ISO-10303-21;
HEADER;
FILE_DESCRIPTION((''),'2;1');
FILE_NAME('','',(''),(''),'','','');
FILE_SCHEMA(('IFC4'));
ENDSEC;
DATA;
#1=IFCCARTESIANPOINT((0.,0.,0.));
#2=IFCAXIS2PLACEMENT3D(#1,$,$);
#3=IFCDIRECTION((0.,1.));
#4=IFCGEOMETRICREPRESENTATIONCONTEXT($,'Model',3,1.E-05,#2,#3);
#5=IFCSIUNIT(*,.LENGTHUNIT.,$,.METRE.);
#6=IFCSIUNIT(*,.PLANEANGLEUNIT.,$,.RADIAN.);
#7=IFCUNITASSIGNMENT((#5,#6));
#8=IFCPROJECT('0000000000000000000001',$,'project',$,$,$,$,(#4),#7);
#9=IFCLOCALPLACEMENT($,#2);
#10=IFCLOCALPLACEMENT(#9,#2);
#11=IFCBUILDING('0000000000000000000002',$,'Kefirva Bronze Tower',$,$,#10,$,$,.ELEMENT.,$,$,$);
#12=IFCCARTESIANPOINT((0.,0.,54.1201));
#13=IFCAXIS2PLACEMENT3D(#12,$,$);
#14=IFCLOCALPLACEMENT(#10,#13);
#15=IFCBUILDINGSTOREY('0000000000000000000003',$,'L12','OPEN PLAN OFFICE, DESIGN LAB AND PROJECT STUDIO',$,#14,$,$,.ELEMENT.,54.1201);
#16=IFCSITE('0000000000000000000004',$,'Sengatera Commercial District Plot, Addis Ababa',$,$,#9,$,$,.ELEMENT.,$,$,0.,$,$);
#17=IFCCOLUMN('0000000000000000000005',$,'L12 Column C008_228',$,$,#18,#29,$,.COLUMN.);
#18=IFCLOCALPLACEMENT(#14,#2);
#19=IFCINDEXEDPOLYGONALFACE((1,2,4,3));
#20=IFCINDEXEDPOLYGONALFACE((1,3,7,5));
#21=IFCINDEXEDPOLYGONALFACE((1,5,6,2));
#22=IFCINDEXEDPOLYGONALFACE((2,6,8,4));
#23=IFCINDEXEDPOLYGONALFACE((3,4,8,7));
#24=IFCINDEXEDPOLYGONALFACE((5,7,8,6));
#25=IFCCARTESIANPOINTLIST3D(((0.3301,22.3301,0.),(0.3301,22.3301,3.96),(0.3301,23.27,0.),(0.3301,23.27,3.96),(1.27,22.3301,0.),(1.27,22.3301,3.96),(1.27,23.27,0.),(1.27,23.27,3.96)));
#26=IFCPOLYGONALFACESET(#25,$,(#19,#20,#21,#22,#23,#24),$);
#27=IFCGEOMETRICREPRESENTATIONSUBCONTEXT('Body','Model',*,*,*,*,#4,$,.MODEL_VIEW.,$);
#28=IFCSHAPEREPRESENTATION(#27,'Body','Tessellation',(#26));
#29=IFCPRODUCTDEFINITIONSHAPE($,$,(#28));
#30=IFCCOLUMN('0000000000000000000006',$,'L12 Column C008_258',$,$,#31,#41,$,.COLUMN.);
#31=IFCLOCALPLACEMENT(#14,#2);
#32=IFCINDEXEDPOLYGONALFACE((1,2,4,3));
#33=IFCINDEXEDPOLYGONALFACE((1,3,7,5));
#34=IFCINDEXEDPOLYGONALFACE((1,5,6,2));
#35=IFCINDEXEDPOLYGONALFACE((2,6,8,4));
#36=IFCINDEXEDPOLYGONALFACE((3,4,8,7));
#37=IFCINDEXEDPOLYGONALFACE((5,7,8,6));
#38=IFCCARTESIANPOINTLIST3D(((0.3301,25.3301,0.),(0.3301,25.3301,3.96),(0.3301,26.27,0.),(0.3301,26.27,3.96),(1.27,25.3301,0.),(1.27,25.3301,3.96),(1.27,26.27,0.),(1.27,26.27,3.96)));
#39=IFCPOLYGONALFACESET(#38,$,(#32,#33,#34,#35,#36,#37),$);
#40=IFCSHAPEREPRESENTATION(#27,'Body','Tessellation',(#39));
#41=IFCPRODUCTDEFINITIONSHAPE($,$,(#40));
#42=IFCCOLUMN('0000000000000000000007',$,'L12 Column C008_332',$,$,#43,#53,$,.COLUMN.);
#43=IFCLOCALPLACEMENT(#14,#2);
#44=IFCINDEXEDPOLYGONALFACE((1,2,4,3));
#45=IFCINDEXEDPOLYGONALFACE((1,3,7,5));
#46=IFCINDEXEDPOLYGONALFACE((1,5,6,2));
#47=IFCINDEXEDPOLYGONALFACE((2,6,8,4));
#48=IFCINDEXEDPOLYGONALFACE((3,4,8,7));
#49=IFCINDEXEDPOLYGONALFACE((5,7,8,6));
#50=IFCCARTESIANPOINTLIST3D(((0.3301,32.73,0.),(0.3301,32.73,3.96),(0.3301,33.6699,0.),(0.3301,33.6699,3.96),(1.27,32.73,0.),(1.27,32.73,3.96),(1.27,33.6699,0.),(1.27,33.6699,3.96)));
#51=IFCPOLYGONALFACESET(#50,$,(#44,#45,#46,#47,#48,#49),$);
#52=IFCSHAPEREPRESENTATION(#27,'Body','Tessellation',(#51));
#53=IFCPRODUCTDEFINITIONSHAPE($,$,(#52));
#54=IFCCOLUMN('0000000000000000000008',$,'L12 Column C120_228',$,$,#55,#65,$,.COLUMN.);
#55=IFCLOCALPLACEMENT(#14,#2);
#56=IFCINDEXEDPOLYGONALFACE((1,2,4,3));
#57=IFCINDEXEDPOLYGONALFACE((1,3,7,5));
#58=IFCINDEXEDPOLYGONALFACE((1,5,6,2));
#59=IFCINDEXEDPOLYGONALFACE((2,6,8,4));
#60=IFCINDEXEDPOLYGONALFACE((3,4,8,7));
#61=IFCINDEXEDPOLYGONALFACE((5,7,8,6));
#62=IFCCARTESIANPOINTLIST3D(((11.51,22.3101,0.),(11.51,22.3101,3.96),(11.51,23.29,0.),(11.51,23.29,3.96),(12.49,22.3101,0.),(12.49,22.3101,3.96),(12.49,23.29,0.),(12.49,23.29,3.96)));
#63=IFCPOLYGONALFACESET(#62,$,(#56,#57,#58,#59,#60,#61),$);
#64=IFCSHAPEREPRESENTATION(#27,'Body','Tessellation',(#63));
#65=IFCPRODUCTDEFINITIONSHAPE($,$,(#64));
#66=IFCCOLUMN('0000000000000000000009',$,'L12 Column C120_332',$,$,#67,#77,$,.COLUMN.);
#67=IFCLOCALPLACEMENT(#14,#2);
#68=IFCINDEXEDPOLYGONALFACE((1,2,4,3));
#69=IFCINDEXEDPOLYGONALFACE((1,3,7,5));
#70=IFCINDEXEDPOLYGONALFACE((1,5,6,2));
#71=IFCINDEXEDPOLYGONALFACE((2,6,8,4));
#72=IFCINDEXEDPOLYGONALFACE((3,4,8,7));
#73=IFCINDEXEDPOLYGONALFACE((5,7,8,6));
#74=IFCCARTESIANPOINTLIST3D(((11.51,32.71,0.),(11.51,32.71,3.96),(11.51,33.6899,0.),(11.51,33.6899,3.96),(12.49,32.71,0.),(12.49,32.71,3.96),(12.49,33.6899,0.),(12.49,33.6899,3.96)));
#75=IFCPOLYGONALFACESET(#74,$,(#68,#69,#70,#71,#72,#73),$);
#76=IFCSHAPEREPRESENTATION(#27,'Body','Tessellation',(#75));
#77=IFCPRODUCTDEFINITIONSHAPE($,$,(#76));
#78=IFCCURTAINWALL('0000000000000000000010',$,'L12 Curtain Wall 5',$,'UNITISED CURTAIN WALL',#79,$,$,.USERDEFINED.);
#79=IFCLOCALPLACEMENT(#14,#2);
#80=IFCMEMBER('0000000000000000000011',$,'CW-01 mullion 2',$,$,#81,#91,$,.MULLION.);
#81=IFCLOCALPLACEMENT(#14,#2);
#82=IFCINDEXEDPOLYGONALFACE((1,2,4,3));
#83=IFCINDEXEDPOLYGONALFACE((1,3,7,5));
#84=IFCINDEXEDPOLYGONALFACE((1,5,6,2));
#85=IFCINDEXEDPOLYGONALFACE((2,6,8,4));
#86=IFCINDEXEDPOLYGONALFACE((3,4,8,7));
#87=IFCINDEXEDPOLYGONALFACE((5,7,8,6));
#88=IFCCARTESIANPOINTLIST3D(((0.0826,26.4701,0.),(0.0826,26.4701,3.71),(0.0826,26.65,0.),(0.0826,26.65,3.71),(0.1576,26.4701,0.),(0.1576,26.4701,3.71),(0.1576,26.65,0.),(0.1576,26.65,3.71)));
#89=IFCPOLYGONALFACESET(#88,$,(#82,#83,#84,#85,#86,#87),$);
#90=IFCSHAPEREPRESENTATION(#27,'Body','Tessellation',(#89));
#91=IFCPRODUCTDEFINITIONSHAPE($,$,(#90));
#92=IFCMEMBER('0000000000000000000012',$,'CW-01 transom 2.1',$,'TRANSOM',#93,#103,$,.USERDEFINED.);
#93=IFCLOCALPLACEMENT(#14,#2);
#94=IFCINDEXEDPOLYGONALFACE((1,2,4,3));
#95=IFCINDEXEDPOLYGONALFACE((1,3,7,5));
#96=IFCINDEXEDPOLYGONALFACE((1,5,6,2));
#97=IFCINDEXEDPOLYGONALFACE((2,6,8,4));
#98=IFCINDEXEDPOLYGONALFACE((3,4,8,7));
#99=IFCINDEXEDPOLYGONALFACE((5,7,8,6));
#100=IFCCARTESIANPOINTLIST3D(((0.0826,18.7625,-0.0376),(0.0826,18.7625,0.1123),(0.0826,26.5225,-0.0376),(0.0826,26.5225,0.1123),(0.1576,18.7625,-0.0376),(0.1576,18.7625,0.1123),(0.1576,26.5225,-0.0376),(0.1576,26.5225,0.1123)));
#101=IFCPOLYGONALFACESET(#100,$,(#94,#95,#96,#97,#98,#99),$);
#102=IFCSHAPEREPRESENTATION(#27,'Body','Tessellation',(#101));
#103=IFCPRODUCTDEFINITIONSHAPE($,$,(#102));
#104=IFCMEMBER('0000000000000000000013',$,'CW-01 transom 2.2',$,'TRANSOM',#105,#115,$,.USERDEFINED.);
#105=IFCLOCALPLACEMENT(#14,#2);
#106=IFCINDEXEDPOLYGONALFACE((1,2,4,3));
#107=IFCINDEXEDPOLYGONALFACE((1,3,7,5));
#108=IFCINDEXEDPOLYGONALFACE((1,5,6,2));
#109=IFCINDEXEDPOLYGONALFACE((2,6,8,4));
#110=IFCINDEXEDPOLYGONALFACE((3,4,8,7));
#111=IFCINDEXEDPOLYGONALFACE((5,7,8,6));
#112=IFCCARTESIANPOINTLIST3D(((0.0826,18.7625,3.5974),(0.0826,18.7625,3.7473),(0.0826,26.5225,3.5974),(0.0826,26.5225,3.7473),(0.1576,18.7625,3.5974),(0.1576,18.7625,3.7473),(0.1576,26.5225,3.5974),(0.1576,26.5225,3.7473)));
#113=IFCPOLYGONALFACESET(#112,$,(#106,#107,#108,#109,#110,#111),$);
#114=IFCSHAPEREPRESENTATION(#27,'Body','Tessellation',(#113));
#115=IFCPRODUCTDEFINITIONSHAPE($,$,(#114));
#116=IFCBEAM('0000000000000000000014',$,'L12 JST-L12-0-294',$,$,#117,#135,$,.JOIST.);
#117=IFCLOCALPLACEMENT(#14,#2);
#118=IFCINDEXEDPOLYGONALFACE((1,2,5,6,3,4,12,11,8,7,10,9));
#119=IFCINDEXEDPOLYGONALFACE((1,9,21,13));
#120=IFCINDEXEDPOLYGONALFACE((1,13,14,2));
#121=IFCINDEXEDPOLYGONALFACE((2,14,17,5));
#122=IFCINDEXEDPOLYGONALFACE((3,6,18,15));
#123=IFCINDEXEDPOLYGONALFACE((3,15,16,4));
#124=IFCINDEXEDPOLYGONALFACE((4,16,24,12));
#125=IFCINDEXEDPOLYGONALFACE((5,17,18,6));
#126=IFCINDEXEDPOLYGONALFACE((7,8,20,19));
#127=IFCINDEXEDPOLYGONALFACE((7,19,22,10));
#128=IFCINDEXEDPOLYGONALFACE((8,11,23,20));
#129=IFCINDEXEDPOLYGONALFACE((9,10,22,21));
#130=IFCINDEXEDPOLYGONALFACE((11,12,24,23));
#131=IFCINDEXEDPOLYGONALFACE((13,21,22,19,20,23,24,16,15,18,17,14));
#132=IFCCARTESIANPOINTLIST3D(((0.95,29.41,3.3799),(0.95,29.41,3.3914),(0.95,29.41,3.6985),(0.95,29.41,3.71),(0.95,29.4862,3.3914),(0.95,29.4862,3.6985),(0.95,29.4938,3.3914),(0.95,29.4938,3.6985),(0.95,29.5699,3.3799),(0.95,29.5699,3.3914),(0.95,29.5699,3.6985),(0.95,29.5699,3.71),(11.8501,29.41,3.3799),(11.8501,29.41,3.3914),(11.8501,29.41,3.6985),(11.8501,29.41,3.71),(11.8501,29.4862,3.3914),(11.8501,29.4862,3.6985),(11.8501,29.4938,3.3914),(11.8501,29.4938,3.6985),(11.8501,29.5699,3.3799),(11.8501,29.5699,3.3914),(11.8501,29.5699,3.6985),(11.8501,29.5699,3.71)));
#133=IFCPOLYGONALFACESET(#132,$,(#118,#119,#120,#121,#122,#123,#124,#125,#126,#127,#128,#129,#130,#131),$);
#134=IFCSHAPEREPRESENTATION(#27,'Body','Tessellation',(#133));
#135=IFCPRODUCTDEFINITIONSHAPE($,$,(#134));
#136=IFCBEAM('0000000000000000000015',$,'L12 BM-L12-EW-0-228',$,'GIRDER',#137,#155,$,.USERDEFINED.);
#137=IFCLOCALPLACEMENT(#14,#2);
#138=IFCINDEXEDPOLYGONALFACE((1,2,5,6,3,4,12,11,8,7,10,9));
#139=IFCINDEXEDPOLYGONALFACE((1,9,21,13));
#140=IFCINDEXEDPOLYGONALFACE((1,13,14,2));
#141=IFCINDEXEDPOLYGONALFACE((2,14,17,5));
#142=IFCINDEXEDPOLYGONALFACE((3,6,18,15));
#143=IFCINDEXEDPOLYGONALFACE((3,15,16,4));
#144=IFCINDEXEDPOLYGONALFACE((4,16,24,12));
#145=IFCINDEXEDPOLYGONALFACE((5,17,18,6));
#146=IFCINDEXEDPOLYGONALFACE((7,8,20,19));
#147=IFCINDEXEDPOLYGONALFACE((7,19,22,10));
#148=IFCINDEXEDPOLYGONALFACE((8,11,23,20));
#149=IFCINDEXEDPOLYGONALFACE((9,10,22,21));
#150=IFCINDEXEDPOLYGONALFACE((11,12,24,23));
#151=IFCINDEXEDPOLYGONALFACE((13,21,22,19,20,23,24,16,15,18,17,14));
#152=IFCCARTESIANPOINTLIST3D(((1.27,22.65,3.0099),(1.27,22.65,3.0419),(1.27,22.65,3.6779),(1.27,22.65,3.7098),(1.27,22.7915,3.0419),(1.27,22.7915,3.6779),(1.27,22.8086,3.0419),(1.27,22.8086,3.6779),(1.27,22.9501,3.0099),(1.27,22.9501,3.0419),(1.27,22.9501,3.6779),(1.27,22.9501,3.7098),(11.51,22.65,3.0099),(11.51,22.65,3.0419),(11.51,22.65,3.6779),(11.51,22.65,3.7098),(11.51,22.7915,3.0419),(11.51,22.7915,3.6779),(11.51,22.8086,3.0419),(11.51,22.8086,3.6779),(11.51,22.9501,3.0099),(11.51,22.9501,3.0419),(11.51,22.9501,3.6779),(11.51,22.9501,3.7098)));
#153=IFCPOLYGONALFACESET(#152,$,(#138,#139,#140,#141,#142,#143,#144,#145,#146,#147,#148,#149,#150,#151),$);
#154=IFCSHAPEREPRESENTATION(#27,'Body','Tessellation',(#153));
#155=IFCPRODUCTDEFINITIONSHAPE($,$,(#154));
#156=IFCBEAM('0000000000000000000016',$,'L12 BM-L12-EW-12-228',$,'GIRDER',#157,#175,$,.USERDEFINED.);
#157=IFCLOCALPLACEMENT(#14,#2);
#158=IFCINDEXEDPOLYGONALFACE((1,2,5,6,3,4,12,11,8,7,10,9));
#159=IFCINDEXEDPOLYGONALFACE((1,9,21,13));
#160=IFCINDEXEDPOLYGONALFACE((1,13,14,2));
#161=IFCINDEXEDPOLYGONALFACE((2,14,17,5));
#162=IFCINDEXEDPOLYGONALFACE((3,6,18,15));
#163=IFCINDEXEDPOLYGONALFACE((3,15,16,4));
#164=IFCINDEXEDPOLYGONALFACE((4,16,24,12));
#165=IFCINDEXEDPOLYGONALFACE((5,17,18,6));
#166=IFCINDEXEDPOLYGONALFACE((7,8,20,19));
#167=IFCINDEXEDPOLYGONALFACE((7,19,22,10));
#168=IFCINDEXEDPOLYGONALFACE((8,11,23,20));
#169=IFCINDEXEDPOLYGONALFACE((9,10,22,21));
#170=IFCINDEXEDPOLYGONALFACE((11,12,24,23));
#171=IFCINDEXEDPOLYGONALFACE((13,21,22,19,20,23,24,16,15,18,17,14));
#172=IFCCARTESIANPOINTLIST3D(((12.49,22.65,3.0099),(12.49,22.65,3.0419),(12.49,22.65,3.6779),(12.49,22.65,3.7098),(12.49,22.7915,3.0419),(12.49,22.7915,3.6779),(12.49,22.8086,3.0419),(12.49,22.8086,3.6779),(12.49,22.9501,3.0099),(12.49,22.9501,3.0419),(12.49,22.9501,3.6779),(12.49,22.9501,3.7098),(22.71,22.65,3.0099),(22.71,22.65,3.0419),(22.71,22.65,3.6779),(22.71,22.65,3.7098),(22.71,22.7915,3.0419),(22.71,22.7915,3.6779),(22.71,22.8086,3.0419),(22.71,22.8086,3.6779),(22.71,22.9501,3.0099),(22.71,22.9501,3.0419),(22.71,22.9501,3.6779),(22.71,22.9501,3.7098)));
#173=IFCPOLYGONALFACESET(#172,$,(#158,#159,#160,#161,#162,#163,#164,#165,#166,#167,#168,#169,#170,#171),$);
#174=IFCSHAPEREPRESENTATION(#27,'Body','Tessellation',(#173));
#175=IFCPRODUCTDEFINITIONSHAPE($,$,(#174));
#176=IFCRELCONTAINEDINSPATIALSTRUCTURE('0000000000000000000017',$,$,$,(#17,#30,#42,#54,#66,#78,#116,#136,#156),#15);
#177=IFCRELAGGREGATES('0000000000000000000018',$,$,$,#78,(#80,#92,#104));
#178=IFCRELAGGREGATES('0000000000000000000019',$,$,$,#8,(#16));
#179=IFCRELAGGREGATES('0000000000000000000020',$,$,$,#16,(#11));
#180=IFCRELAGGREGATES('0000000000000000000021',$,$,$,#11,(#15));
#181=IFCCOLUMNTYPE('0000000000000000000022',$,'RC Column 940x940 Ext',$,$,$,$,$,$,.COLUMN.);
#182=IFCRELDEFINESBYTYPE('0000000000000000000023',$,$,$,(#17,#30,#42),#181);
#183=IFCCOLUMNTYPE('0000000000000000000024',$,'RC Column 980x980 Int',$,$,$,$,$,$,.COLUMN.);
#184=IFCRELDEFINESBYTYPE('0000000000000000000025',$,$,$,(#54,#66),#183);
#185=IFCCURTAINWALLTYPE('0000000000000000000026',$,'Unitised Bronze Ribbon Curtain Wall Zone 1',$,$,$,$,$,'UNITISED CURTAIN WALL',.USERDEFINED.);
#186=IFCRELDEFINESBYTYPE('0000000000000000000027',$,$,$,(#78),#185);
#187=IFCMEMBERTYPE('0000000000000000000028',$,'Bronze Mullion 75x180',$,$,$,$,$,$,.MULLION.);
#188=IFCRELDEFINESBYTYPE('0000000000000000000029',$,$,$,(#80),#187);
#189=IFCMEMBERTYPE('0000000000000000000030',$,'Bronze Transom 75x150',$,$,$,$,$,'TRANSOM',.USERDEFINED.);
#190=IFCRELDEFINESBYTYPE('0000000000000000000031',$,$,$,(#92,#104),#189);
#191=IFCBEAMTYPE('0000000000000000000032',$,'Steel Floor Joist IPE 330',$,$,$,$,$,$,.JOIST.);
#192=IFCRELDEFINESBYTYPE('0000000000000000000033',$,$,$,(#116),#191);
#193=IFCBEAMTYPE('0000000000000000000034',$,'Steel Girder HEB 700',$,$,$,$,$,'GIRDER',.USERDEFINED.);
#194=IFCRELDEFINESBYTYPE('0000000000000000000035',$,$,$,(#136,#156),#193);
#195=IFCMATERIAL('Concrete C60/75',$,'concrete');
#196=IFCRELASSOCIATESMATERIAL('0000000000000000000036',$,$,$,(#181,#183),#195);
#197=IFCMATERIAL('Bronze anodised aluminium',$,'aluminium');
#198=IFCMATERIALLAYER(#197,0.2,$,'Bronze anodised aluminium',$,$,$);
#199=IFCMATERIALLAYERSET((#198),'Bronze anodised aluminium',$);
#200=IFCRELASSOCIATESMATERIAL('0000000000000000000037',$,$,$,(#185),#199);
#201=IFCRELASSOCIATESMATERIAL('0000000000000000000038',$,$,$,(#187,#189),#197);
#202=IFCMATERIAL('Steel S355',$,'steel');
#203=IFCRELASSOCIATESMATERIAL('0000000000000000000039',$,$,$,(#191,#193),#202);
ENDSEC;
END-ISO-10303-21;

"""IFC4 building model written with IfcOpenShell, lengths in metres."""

from ifc_helpers import new_model, si_unit, direction, frame, origin, origin_2d, place, context, subcontext, project, spatial, rectangle, i_section, extrude, material, layer, layer_set, material_profile, profile_set, type_object, element, aggregate, save


model = new_model("IFC4")

# Units and contexts
model_context = context("Model", 3, precision=1e-05, world=origin(), true_north=direction((0.0, 1.0)))
body_context = subcontext(model_context, "Body", "Model", "MODEL_VIEW")
ifc_project = project(units=[si_unit("LENGTHUNIT", "METRE"), si_unit("PLANEANGLEUNIT", "RADIAN")], contexts=[model_context])

# Site, building, storey
site_placement = place(None, origin())
site = spatial("IfcSite", under=ifc_project, at=site_placement, Name="Sengatera Commercial District Plot, Addis Ababa", CompositionType="ELEMENT", RefElevation=0.0)
building_placement = place(site_placement, origin())
building = spatial("IfcBuilding", under=site, at=building_placement, Name="Kefirva Bronze Tower", CompositionType="ELEMENT")
storey_placement = place(building_placement, frame((0.0, 0.0, 54.1201)))
storey = spatial("IfcBuildingStorey", under=building, at=storey_placement, Name="L12", Description="OPEN PLAN OFFICE, DESIGN LAB AND PROJECT STUDIO", CompositionType="ELEMENT", Elevation=54.1201)

# Columns
ifc_material_1 = material(Name="Concrete C60/75", Category="concrete")
ifc_material_profile_1 = material_profile(ifc_material_1, rectangle(XDim=0.9399, YDim=0.9399, at=origin_2d()), Name="RC 940x940")
ifc_profile_set_1 = profile_set([ifc_material_profile_1], Name="Concrete C60/75")
column_type_1 = type_object("IfcColumnType", Name="RC Column 940x940 Ext", PredefinedType="COLUMN", material=ifc_profile_set_1)
for number, where, z_axis, x_axis, name in (
    (1, (0.8, 22.8, 0.0), (0.0, 0.0, 1.0), (1.0, 0.0, 0.0), "L12 Column C008_228"),
    (2, (0.8, 25.8, 0.0), (0.0, 0.0, 1.0), (1.0, 0.0, 0.0), "L12 Column C008_258"),
    (3, (0.8, 33.2, 0.0), (0.0, 0.0, 1.0), (1.0, 0.0, 0.0), "L12 Column C008_332"),
):
    element("IfcColumn", number, at=place(storey_placement, frame(where, z_axis=z_axis, x_axis=x_axis)), inside=storey, type_object=column_type_1, Name=name, PredefinedType="COLUMN", context=body_context, shape_type="SweptSolid", body=[
        extrude(rectangle(XDim=0.9399, YDim=0.9399, at=origin_2d()), origin(), (0.0, 0.0, 1.0), 3.96),
    ])
ifc_material_profile_2 = material_profile(ifc_material_1, rectangle(XDim=0.98, YDim=0.98, at=origin_2d()), Name="RC 980x980")
ifc_profile_set_2 = profile_set([ifc_material_profile_2], Name="Concrete C60/75")
column_type_2 = type_object("IfcColumnType", Name="RC Column 980x980 Int", PredefinedType="COLUMN", material=ifc_profile_set_2)
for number, where, z_axis, x_axis, name in (
    (4, (12.0, 22.8, 0.0), (0.0, 0.0, 1.0), (1.0, 0.0, 0.0), "L12 Column C120_228"),
    (5, (12.0, 33.2, 0.0), (0.0, 0.0, 1.0), (1.0, 0.0, 0.0), "L12 Column C120_332"),
):
    element("IfcColumn", number, at=place(storey_placement, frame(where, z_axis=z_axis, x_axis=x_axis)), inside=storey, type_object=column_type_2, Name=name, PredefinedType="COLUMN", context=body_context, shape_type="SweptSolid", body=[
        extrude(rectangle(XDim=0.98, YDim=0.98, at=origin_2d()), origin(), (0.0, 0.0, 1.0), 3.96),
    ])

# Curtain wall, members
ifc_material_2 = material(Name="Bronze anodised aluminium", Category="aluminium")
ifc_layer_1 = layer(ifc_material_2, 0.2, Name="Bronze anodised aluminium")
ifc_layer_set_1 = layer_set([ifc_layer_1], Name="Bronze anodised aluminium")
curtain_wall_type = type_object("IfcCurtainWallType", Name="Unitised Bronze Ribbon Curtain Wall Zone 1", ElementType="UNITISED CURTAIN WALL", PredefinedType="USERDEFINED", material=ifc_layer_set_1)
curtain_wall_placement = place(storey_placement, origin())
curtain_wall = element("IfcCurtainWall", 6, at=curtain_wall_placement, inside=storey, type_object=curtain_wall_type, Name="L12 Curtain Wall 5", ObjectType="UNITISED CURTAIN WALL", PredefinedType="USERDEFINED")
ifc_material_profile_3 = material_profile(ifc_material_2, rectangle(XDim=0.075, YDim=0.1799, at=origin_2d()), Name="ALU 75x180")
ifc_profile_set_3 = profile_set([ifc_material_profile_3], Name="Bronze anodised aluminium")
member_type_1 = type_object("IfcMemberType", Name="Bronze Mullion 75x180", PredefinedType="MULLION", material=ifc_profile_set_3)
member_1_placement = place(storey_placement, frame((0.1201, 26.5601, 0.0), z_axis=(0.0, 0.0, 1.0), x_axis=(1.0, 0.0, 0.0)))
member_1 = element("IfcMember", 7, at=member_1_placement, type_object=member_type_1, Name="CW-01 mullion 2", PredefinedType="MULLION", context=body_context, shape_type="SweptSolid", body=[
    extrude(rectangle(XDim=0.075, YDim=0.1799, at=origin_2d()), origin(), (0.0, 0.0, 1.0), 3.71),
])
ifc_material_profile_4 = material_profile(ifc_material_2, rectangle(XDim=0.075, YDim=0.1499, at=origin_2d()), Name="ALU 75x150")
ifc_profile_set_4 = profile_set([ifc_material_profile_4], Name="Bronze anodised aluminium")
member_type_2 = type_object("IfcMemberType", Name="Bronze Transom 75x150", ElementType="TRANSOM", PredefinedType="USERDEFINED", material=ifc_profile_set_4)
member_2_placement = place(storey_placement, frame((0.1201, 26.5225, 0.0374), z_axis=(0.0, -1.0, 0.0), x_axis=(1.0, 0.0, 0.0)))
member_2 = element("IfcMember", 8, at=member_2_placement, type_object=member_type_2, Name="CW-01 transom 2.1", ObjectType="TRANSOM", PredefinedType="USERDEFINED", context=body_context, shape_type="SweptSolid", body=[
    extrude(rectangle(XDim=0.075, YDim=0.1499, at=origin_2d()), origin(), (0.0, 0.0, 1.0), 7.76),
])
member_3_placement = place(storey_placement, frame((0.1201, 26.5225, 3.6724), z_axis=(0.0, -1.0, 0.0), x_axis=(1.0, 0.0, 0.0)))
member_3 = element("IfcMember", 9, at=member_3_placement, type_object=member_type_2, Name="CW-01 transom 2.2", ObjectType="TRANSOM", PredefinedType="USERDEFINED", context=body_context, shape_type="SweptSolid", body=[
    extrude(rectangle(XDim=0.075, YDim=0.1499, at=origin_2d()), origin(), (0.0, 0.0, 1.0), 7.76),
])

# Beams
ifc_material_3 = material(Name="Steel S355", Category="steel")
ifc_material_profile_5 = material_profile(ifc_material_3, i_section(OverallWidth=0.1599, OverallDepth=0.3301, WebThickness=0.0076, FlangeThickness=0.0115, at=origin_2d()), Name="IPE 330")
ifc_profile_set_5 = profile_set([ifc_material_profile_5], Name="Steel S355")
beam_type_1 = type_object("IfcBeamType", Name="Steel Floor Joist IPE 330", PredefinedType="JOIST", material=ifc_profile_set_5)
beam_1_placement = place(storey_placement, frame((0.95, 29.49, 3.5449), z_axis=(1.0, 0.0, 0.0), x_axis=(0.0, 1.0, 0.0)))
element("IfcBeam", 10, at=beam_1_placement, inside=storey, type_object=beam_type_1, Name="L12 JST-L12-0-294", PredefinedType="JOIST", context=body_context, shape_type="SweptSolid", body=[
    extrude(i_section(OverallWidth=0.1599, OverallDepth=0.3301, WebThickness=0.0076, FlangeThickness=0.0115, at=origin_2d()), origin(), (0.0, 0.0, 1.0), 10.9001),
])
ifc_material_profile_6 = material_profile(ifc_material_3, i_section(OverallWidth=0.3, OverallDepth=0.7, WebThickness=0.0171, FlangeThickness=0.032, at=origin_2d()), Name="HEB 700")
ifc_profile_set_6 = profile_set([ifc_material_profile_6], Name="Steel S355")
beam_type_2 = type_object("IfcBeamType", Name="Steel Girder HEB 700", ElementType="GIRDER", PredefinedType="USERDEFINED", material=ifc_profile_set_6)
beam_2_placement = place(storey_placement, frame((1.27, 22.8, 3.3599), z_axis=(1.0, 0.0, 0.0), x_axis=(0.0, 1.0, 0.0)))
element("IfcBeam", 11, at=beam_2_placement, inside=storey, type_object=beam_type_2, Name="L12 BM-L12-EW-0-228", ObjectType="GIRDER", PredefinedType="USERDEFINED", context=body_context, shape_type="SweptSolid", body=[
    extrude(i_section(OverallWidth=0.3, OverallDepth=0.7, WebThickness=0.0171, FlangeThickness=0.032, at=origin_2d()), origin(), (0.0, 0.0, 1.0), 10.24),
])
beam_3_placement = place(storey_placement, frame((12.49, 22.8, 3.3599), z_axis=(1.0, 0.0, 0.0), x_axis=(0.0, 1.0, 0.0)))
element("IfcBeam", 12, at=beam_3_placement, inside=storey, type_object=beam_type_2, Name="L12 BM-L12-EW-12-228", ObjectType="GIRDER", PredefinedType="USERDEFINED", context=body_context, shape_type="SweptSolid", body=[
    extrude(i_section(OverallWidth=0.3, OverallDepth=0.7, WebThickness=0.0171, FlangeThickness=0.032, at=origin_2d()), origin(), (0.0, 0.0, 1.0), 10.22),
])

aggregate(curtain_wall, [member_1, member_2, member_3])

save(model, "model.ifc")
